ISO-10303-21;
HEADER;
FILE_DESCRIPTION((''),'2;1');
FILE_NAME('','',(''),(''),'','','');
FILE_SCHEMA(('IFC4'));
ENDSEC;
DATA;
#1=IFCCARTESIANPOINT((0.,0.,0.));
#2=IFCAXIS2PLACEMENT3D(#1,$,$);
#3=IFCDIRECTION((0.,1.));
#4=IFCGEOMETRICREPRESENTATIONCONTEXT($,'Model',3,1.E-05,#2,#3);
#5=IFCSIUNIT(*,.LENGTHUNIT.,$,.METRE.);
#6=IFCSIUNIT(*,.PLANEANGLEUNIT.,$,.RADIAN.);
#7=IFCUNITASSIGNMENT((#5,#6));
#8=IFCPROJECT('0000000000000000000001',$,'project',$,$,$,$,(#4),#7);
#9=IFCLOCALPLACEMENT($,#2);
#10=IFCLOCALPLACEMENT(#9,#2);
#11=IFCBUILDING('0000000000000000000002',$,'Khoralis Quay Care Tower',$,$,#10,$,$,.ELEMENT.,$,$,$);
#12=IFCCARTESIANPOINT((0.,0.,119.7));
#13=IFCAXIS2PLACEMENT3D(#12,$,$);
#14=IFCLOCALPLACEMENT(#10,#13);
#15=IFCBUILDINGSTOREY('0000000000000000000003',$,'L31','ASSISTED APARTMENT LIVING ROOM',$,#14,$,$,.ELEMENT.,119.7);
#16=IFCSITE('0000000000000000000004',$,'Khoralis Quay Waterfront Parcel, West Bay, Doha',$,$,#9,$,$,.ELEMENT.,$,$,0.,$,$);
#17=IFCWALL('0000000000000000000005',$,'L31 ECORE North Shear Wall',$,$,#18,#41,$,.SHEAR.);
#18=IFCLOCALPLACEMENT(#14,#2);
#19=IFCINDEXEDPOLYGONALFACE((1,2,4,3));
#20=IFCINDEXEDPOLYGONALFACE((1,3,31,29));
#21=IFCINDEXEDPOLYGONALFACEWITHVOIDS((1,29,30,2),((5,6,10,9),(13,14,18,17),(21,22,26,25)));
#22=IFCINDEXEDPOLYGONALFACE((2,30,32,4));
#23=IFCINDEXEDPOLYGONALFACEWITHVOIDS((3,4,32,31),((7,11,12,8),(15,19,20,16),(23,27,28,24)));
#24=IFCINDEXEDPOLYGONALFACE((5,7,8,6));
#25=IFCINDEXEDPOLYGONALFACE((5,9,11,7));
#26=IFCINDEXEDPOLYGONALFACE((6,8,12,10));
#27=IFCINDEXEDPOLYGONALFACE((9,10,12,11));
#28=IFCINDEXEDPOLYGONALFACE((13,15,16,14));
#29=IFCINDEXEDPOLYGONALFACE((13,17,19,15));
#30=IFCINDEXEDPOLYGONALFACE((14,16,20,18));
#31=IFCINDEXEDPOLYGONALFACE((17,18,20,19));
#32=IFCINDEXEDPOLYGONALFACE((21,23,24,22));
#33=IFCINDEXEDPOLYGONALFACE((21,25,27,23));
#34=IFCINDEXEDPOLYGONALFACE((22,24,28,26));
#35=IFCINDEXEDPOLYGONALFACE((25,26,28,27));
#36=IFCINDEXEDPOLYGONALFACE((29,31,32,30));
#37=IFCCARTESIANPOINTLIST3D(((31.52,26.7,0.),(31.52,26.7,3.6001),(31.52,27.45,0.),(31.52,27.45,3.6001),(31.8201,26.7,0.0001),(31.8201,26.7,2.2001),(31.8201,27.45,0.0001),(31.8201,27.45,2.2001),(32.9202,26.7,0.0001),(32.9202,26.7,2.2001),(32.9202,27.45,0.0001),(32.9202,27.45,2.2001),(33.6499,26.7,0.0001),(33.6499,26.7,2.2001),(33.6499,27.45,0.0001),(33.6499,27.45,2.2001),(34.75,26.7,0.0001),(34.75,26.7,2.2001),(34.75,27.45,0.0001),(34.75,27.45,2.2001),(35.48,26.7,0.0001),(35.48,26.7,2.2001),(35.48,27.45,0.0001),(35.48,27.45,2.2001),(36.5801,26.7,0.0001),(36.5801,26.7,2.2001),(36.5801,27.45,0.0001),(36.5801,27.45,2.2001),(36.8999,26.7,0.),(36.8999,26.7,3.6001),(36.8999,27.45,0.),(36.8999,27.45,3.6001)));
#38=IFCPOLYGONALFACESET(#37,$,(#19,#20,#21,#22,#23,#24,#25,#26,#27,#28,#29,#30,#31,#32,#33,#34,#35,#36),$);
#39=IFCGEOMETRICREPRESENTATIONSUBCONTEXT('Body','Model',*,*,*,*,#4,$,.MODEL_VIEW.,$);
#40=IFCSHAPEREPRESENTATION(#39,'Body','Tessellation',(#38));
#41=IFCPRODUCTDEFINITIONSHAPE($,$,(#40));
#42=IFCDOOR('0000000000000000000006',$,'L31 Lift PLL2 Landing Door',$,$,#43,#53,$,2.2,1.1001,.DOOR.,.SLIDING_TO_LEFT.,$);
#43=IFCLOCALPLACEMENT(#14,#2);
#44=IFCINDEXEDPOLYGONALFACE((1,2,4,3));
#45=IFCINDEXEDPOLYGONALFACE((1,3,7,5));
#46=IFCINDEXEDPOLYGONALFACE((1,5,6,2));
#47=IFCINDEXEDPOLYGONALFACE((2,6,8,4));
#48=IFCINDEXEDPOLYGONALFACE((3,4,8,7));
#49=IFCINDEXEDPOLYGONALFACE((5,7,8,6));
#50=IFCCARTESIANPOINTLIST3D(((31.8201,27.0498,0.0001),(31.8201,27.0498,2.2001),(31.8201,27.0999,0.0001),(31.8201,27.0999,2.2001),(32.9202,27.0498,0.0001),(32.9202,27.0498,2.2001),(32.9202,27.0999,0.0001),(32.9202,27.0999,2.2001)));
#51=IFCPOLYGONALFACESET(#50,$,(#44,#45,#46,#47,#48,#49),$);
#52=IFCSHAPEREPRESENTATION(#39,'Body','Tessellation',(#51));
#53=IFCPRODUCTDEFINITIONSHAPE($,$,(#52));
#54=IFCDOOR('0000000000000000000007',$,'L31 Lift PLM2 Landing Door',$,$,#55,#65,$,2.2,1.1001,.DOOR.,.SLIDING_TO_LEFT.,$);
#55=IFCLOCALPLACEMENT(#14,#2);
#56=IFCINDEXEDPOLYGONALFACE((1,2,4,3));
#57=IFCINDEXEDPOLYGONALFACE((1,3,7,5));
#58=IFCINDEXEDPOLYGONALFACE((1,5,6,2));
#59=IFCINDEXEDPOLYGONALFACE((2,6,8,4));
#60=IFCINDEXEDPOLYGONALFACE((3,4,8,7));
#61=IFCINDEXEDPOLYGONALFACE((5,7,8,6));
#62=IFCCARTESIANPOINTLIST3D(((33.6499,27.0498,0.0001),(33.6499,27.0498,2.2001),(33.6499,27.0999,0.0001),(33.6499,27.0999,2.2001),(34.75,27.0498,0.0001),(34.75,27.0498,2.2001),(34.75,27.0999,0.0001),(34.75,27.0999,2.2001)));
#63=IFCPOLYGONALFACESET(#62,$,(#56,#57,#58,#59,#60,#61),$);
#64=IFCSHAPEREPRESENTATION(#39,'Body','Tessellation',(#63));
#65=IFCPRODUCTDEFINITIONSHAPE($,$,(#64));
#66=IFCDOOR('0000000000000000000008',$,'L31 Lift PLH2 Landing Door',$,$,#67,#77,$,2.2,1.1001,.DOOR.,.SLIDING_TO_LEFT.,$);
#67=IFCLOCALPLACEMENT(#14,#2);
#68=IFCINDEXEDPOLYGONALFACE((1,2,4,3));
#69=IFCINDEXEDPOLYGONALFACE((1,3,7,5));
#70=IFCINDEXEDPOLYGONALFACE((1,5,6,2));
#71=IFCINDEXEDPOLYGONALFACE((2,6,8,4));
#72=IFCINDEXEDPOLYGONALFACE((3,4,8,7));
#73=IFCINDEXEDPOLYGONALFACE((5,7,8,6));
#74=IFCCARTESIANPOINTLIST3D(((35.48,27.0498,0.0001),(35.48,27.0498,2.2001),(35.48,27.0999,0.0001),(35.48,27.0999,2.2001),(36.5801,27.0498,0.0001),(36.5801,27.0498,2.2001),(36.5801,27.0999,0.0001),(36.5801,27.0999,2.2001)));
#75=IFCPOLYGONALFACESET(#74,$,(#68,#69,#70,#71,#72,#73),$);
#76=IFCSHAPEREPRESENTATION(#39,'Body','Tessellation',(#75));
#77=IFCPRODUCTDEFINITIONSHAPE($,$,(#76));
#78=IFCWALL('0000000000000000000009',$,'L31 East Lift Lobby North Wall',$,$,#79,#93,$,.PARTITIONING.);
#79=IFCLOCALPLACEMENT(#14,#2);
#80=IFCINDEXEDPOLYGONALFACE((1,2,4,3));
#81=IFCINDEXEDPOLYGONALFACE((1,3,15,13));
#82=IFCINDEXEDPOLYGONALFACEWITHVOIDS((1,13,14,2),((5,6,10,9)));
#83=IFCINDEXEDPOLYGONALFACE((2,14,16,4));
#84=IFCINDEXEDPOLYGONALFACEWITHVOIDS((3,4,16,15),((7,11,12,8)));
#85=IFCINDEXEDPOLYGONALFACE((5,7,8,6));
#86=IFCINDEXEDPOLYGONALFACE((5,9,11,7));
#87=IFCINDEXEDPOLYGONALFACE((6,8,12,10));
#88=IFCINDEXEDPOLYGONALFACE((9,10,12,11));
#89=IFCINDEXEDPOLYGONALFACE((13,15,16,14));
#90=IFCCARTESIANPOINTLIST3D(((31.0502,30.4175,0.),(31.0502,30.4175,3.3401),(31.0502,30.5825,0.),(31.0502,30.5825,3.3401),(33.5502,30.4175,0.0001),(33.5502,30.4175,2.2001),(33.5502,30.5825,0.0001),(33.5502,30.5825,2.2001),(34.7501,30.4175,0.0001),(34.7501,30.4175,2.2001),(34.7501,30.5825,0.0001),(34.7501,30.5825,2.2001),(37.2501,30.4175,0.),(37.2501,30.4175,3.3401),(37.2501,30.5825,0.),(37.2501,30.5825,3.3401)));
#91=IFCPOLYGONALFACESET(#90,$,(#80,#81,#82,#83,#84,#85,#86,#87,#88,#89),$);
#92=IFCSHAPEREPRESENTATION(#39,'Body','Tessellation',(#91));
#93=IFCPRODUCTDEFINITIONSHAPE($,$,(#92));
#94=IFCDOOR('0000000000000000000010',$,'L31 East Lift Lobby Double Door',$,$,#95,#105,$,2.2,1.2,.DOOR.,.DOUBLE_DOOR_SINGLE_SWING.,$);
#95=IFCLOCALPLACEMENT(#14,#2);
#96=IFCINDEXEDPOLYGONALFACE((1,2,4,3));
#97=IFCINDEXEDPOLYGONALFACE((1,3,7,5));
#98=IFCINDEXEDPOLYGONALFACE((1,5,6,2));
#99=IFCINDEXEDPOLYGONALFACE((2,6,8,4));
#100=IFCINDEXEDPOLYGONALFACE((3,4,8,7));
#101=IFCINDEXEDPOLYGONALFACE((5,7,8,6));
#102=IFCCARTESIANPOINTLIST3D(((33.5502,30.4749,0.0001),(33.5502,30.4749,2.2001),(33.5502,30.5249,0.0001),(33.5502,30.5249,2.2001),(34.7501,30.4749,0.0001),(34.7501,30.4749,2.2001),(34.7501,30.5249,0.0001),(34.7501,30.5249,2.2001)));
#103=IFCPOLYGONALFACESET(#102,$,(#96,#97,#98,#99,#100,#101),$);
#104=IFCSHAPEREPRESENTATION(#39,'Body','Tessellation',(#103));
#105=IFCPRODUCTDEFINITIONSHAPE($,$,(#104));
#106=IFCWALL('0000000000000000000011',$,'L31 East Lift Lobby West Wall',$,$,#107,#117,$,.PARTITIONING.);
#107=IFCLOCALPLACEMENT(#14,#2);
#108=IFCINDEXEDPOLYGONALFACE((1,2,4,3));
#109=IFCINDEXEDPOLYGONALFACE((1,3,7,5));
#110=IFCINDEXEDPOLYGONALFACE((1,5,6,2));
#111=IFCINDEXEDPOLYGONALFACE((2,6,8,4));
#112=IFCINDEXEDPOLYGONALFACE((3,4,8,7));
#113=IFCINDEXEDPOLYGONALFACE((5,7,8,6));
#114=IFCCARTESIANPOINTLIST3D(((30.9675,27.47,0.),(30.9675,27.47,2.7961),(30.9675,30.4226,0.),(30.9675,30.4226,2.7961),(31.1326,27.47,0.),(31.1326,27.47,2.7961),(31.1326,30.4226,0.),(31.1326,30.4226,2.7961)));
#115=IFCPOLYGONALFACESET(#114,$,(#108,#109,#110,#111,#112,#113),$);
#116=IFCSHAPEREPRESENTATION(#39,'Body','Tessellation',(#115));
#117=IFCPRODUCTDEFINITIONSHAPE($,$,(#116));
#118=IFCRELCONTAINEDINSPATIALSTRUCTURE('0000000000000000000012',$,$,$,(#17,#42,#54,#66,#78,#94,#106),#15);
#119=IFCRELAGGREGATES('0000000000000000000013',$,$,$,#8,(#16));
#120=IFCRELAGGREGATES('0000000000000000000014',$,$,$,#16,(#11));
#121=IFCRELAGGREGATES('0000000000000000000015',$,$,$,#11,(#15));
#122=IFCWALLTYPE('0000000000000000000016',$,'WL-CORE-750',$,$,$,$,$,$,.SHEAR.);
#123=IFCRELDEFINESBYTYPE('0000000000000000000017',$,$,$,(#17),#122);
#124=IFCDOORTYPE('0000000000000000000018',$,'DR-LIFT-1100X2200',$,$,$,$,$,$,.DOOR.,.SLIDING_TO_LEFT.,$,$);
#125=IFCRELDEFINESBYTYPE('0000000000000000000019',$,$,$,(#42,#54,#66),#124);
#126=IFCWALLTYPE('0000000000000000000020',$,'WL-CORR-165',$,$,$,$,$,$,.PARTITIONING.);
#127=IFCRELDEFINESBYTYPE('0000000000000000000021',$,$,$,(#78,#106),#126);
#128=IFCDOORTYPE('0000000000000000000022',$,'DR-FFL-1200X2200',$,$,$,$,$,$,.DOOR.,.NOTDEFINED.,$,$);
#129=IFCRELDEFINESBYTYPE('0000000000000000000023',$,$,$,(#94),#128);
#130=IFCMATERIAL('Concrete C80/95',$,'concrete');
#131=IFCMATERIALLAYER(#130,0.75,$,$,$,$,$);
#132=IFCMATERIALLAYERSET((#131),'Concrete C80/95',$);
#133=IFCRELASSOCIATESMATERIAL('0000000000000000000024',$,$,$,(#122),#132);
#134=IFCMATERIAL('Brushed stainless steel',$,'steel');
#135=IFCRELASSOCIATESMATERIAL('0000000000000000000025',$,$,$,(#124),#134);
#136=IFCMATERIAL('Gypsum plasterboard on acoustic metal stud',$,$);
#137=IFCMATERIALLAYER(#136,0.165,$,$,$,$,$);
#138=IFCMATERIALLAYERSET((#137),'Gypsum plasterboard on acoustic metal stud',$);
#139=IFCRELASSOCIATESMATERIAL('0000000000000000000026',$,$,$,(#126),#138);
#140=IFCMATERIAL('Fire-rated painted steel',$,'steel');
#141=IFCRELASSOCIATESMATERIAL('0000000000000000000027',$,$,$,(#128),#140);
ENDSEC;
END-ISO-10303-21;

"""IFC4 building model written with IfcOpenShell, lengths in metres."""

from ifc_helpers import new_model, si_unit, direction, frame, frame_2d, origin, place, context, subcontext, project, spatial, rectangle, extrude, source, transform, mapped, material, layer, layer_set, type_object, element, fill, save


model = new_model("IFC4")

# Units and contexts
model_context = context("Model", 3, precision=1e-05, world=origin(), true_north=direction((0.0, 1.0)))
body_context = subcontext(model_context, "Body", "Model", "MODEL_VIEW")
ifc_project = project(units=[si_unit("LENGTHUNIT", "METRE"), si_unit("PLANEANGLEUNIT", "RADIAN")], contexts=[model_context])

# Site, building, storey
site_placement = place(None, origin())
site = spatial("IfcSite", under=ifc_project, at=site_placement, Name="Khoralis Quay Waterfront Parcel, West Bay, Doha", CompositionType="ELEMENT", RefElevation=0.0)
building_placement = place(site_placement, origin())
building = spatial("IfcBuilding", under=site, at=building_placement, Name="Khoralis Quay Care Tower", CompositionType="ELEMENT")
storey_placement = place(building_placement, frame((0.0, 0.0, 119.7)))
storey = spatial("IfcBuildingStorey", under=building, at=storey_placement, Name="L31", Description="ASSISTED APARTMENT LIVING ROOM", CompositionType="ELEMENT", Elevation=119.7)

# Wall, openings, doors
ifc_material_1 = material(Name="Concrete C80/95", Category="concrete")
ifc_layer_1 = layer(ifc_material_1, 0.75)
ifc_layer_set_1 = layer_set([ifc_layer_1], Name="Concrete C80/95")
wall_type_1 = type_object("IfcWallType", Name="WL-CORE-750", PredefinedType="SHEAR", material=ifc_layer_set_1)
wall_1_placement = place(storey_placement, frame((31.52, 27.075, 0.0), z_axis=(0.0, 0.0, 1.0), x_axis=(1.0, 0.0, 0.0)))
wall_1 = element("IfcWall", 1, at=wall_1_placement, inside=storey, type_object=wall_type_1, Name="L31 ECORE North Shear Wall", PredefinedType="SHEAR", context=body_context, shape_type="SweptSolid", body=[
    extrude(rectangle(XDim=5.3799, YDim=0.75, at=frame_2d((2.6899, 0.0))), origin(), (0.0, 0.0, 1.0), 3.6001),
])
opening_1_placement = place(wall_1_placement, frame((0.3, 0.0, 0.0)))
opening_1 = element("IfcOpeningElement", 2, at=opening_1_placement, cuts=wall_1, PredefinedType="OPENING", context=body_context, shape_type="SweptSolid", body=[
    extrude(rectangle(XDim=1.1001, YDim=2.2, at=frame_2d((0.55, 1.1001))), frame((0.0, 0.385, 0.0), z_axis=(0.0, -1.0, 0.0), x_axis=(1.0, 0.0, 0.0)), (0.0, 0.0, 1.0), 0.77),
])
opening_2_placement = place(wall_1_placement, frame((2.1299, 0.0, 0.0)))
opening_2 = element("IfcOpeningElement", 3, at=opening_2_placement, cuts=wall_1, PredefinedType="OPENING", context=body_context, shape_type="SweptSolid", body=[
    extrude(rectangle(XDim=1.1001, YDim=2.2, at=frame_2d((0.55, 1.1001))), frame((0.0, 0.385, 0.0), z_axis=(0.0, -1.0, 0.0), x_axis=(1.0, 0.0, 0.0)), (0.0, 0.0, 1.0), 0.77),
])
opening_3_placement = place(wall_1_placement, frame((3.96, 0.0, 0.0)))
opening_3 = element("IfcOpeningElement", 4, at=opening_3_placement, cuts=wall_1, PredefinedType="OPENING", context=body_context, shape_type="SweptSolid", body=[
    extrude(rectangle(XDim=1.1001, YDim=2.2, at=frame_2d((0.55, 1.1001))), frame((0.0, 0.385, 0.0), z_axis=(0.0, -1.0, 0.0), x_axis=(1.0, 0.0, 0.0)), (0.0, 0.0, 1.0), 0.77),
])
ifc_material_2 = material(Name="Brushed stainless steel", Category="steel")
door_type_1 = type_object("IfcDoorType", Name="DR-LIFT-1100X2200", OperationType="SLIDING_TO_LEFT", PredefinedType="DOOR", material=ifc_material_2)
shared_shape_1 = source(origin(), body_context, "Body", "SweptSolid", [
    extrude(rectangle(XDim=1.1001, YDim=2.2, at=frame_2d((0.55, 1.1001))), frame((0.0, 0.0249, 0.0), z_axis=(0.0, -1.0, 0.0), x_axis=(1.0, 0.0, 0.0)), (0.0, 0.0, 1.0), 0.05),
])
door_1_placement = place(opening_1_placement, origin())
door_1 = element("IfcDoor", 5, at=door_1_placement, inside=storey, type_object=door_type_1, Name="L31 Lift PLL2 Landing Door", OperationType="SLIDING_TO_LEFT", OverallHeight=2.2, OverallWidth=1.1001, PredefinedType="DOOR", context=body_context, shape_type="MappedRepresentation", body=[
    mapped(shared_shape_1, transform((0.0, 0.0, 0.0), scale=1.0)),
])
fill(opening_1, door_1)
door_2_placement = place(opening_2_placement, origin())
door_2 = element("IfcDoor", 6, at=door_2_placement, inside=storey, type_object=door_type_1, Name="L31 Lift PLM2 Landing Door", OperationType="SLIDING_TO_LEFT", OverallHeight=2.2, OverallWidth=1.1001, PredefinedType="DOOR", context=body_context, shape_type="MappedRepresentation", body=[
    mapped(shared_shape_1, transform((0.0, 0.0, 0.0), scale=1.0)),
])
fill(opening_2, door_2)
door_3_placement = place(opening_3_placement, origin())
door_3 = element("IfcDoor", 7, at=door_3_placement, inside=storey, type_object=door_type_1, Name="L31 Lift PLH2 Landing Door", OperationType="SLIDING_TO_LEFT", OverallHeight=2.2, OverallWidth=1.1001, PredefinedType="DOOR", context=body_context, shape_type="MappedRepresentation", body=[
    mapped(shared_shape_1, transform((0.0, 0.0, 0.0), scale=1.0)),
])
fill(opening_3, door_3)

# Wall, opening, door
ifc_material_3 = material(Name="Gypsum plasterboard on acoustic metal stud")
ifc_layer_2 = layer(ifc_material_3, 0.165)
ifc_layer_set_2 = layer_set([ifc_layer_2], Name="Gypsum plasterboard on acoustic metal stud")
wall_type_2 = type_object("IfcWallType", Name="WL-CORR-165", PredefinedType="PARTITIONING", material=ifc_layer_set_2)
wall_2_placement = place(storey_placement, frame((31.05, 30.5, 0.0), z_axis=(0.0, 0.0, 1.0), x_axis=(1.0, 0.0, 0.0)))
wall_2 = element("IfcWall", 8, at=wall_2_placement, inside=storey, type_object=wall_type_2, Name="L31 East Lift Lobby North Wall", PredefinedType="PARTITIONING", context=body_context, shape_type="SweptSolid", body=[
    extrude(rectangle(XDim=6.2, YDim=0.165, at=frame_2d((3.1001, 0.0))), origin(), (0.0, 0.0, 1.0), 3.3401),
])
opening_4_placement = place(wall_2_placement, frame((2.5, 0.0, 0.0)))
opening_4 = element("IfcOpeningElement", 9, at=opening_4_placement, cuts=wall_2, PredefinedType="OPENING", context=body_context, shape_type="SweptSolid", body=[
    extrude(rectangle(XDim=1.2, YDim=2.2, at=frame_2d((0.6001, 1.1001))), frame((0.0, 0.0925, 0.0), z_axis=(0.0, -1.0, 0.0), x_axis=(1.0, 0.0, 0.0)), (0.0, 0.0, 1.0), 0.1851),
])
ifc_material_4 = material(Name="Fire-rated painted steel", Category="steel")
door_type_2 = type_object("IfcDoorType", Name="DR-FFL-1200X2200", OperationType="NOTDEFINED", PredefinedType="DOOR", material=ifc_material_4)
shared_shape_2 = source(origin(), body_context, "Body", "SweptSolid", [
    extrude(rectangle(XDim=1.2, YDim=2.2, at=frame_2d((0.6001, 1.1001))), frame((0.0, 0.0249, 0.0), z_axis=(0.0, -1.0, 0.0), x_axis=(1.0, 0.0, 0.0)), (0.0, 0.0, 1.0), 0.05),
])
door_4_placement = place(opening_4_placement, origin())
door_4 = element("IfcDoor", 10, at=door_4_placement, inside=storey, type_object=door_type_2, Name="L31 East Lift Lobby Double Door", OperationType="DOUBLE_DOOR_SINGLE_SWING", OverallHeight=2.2, OverallWidth=1.2, PredefinedType="DOOR", context=body_context, shape_type="MappedRepresentation", body=[
    mapped(shared_shape_2, transform((0.0, 0.0, 0.0), scale=1.0)),
])
fill(opening_4, door_4)

# Wall
wall_3_placement = place(storey_placement, frame((31.05, 27.47, 0.0), z_axis=(0.0, 0.0, 1.0), x_axis=(0.0, 1.0, 0.0)))
element("IfcWall", 11, at=wall_3_placement, inside=storey, type_object=wall_type_2, Name="L31 East Lift Lobby West Wall", PredefinedType="PARTITIONING", context=body_context, shape_type="SweptSolid", body=[
    extrude(rectangle(XDim=2.9526, YDim=0.165, at=frame_2d((1.4763, 0.0))), origin(), (0.0, 0.0, 1.0), 2.7961),
])

save(model, "model.ifc")
